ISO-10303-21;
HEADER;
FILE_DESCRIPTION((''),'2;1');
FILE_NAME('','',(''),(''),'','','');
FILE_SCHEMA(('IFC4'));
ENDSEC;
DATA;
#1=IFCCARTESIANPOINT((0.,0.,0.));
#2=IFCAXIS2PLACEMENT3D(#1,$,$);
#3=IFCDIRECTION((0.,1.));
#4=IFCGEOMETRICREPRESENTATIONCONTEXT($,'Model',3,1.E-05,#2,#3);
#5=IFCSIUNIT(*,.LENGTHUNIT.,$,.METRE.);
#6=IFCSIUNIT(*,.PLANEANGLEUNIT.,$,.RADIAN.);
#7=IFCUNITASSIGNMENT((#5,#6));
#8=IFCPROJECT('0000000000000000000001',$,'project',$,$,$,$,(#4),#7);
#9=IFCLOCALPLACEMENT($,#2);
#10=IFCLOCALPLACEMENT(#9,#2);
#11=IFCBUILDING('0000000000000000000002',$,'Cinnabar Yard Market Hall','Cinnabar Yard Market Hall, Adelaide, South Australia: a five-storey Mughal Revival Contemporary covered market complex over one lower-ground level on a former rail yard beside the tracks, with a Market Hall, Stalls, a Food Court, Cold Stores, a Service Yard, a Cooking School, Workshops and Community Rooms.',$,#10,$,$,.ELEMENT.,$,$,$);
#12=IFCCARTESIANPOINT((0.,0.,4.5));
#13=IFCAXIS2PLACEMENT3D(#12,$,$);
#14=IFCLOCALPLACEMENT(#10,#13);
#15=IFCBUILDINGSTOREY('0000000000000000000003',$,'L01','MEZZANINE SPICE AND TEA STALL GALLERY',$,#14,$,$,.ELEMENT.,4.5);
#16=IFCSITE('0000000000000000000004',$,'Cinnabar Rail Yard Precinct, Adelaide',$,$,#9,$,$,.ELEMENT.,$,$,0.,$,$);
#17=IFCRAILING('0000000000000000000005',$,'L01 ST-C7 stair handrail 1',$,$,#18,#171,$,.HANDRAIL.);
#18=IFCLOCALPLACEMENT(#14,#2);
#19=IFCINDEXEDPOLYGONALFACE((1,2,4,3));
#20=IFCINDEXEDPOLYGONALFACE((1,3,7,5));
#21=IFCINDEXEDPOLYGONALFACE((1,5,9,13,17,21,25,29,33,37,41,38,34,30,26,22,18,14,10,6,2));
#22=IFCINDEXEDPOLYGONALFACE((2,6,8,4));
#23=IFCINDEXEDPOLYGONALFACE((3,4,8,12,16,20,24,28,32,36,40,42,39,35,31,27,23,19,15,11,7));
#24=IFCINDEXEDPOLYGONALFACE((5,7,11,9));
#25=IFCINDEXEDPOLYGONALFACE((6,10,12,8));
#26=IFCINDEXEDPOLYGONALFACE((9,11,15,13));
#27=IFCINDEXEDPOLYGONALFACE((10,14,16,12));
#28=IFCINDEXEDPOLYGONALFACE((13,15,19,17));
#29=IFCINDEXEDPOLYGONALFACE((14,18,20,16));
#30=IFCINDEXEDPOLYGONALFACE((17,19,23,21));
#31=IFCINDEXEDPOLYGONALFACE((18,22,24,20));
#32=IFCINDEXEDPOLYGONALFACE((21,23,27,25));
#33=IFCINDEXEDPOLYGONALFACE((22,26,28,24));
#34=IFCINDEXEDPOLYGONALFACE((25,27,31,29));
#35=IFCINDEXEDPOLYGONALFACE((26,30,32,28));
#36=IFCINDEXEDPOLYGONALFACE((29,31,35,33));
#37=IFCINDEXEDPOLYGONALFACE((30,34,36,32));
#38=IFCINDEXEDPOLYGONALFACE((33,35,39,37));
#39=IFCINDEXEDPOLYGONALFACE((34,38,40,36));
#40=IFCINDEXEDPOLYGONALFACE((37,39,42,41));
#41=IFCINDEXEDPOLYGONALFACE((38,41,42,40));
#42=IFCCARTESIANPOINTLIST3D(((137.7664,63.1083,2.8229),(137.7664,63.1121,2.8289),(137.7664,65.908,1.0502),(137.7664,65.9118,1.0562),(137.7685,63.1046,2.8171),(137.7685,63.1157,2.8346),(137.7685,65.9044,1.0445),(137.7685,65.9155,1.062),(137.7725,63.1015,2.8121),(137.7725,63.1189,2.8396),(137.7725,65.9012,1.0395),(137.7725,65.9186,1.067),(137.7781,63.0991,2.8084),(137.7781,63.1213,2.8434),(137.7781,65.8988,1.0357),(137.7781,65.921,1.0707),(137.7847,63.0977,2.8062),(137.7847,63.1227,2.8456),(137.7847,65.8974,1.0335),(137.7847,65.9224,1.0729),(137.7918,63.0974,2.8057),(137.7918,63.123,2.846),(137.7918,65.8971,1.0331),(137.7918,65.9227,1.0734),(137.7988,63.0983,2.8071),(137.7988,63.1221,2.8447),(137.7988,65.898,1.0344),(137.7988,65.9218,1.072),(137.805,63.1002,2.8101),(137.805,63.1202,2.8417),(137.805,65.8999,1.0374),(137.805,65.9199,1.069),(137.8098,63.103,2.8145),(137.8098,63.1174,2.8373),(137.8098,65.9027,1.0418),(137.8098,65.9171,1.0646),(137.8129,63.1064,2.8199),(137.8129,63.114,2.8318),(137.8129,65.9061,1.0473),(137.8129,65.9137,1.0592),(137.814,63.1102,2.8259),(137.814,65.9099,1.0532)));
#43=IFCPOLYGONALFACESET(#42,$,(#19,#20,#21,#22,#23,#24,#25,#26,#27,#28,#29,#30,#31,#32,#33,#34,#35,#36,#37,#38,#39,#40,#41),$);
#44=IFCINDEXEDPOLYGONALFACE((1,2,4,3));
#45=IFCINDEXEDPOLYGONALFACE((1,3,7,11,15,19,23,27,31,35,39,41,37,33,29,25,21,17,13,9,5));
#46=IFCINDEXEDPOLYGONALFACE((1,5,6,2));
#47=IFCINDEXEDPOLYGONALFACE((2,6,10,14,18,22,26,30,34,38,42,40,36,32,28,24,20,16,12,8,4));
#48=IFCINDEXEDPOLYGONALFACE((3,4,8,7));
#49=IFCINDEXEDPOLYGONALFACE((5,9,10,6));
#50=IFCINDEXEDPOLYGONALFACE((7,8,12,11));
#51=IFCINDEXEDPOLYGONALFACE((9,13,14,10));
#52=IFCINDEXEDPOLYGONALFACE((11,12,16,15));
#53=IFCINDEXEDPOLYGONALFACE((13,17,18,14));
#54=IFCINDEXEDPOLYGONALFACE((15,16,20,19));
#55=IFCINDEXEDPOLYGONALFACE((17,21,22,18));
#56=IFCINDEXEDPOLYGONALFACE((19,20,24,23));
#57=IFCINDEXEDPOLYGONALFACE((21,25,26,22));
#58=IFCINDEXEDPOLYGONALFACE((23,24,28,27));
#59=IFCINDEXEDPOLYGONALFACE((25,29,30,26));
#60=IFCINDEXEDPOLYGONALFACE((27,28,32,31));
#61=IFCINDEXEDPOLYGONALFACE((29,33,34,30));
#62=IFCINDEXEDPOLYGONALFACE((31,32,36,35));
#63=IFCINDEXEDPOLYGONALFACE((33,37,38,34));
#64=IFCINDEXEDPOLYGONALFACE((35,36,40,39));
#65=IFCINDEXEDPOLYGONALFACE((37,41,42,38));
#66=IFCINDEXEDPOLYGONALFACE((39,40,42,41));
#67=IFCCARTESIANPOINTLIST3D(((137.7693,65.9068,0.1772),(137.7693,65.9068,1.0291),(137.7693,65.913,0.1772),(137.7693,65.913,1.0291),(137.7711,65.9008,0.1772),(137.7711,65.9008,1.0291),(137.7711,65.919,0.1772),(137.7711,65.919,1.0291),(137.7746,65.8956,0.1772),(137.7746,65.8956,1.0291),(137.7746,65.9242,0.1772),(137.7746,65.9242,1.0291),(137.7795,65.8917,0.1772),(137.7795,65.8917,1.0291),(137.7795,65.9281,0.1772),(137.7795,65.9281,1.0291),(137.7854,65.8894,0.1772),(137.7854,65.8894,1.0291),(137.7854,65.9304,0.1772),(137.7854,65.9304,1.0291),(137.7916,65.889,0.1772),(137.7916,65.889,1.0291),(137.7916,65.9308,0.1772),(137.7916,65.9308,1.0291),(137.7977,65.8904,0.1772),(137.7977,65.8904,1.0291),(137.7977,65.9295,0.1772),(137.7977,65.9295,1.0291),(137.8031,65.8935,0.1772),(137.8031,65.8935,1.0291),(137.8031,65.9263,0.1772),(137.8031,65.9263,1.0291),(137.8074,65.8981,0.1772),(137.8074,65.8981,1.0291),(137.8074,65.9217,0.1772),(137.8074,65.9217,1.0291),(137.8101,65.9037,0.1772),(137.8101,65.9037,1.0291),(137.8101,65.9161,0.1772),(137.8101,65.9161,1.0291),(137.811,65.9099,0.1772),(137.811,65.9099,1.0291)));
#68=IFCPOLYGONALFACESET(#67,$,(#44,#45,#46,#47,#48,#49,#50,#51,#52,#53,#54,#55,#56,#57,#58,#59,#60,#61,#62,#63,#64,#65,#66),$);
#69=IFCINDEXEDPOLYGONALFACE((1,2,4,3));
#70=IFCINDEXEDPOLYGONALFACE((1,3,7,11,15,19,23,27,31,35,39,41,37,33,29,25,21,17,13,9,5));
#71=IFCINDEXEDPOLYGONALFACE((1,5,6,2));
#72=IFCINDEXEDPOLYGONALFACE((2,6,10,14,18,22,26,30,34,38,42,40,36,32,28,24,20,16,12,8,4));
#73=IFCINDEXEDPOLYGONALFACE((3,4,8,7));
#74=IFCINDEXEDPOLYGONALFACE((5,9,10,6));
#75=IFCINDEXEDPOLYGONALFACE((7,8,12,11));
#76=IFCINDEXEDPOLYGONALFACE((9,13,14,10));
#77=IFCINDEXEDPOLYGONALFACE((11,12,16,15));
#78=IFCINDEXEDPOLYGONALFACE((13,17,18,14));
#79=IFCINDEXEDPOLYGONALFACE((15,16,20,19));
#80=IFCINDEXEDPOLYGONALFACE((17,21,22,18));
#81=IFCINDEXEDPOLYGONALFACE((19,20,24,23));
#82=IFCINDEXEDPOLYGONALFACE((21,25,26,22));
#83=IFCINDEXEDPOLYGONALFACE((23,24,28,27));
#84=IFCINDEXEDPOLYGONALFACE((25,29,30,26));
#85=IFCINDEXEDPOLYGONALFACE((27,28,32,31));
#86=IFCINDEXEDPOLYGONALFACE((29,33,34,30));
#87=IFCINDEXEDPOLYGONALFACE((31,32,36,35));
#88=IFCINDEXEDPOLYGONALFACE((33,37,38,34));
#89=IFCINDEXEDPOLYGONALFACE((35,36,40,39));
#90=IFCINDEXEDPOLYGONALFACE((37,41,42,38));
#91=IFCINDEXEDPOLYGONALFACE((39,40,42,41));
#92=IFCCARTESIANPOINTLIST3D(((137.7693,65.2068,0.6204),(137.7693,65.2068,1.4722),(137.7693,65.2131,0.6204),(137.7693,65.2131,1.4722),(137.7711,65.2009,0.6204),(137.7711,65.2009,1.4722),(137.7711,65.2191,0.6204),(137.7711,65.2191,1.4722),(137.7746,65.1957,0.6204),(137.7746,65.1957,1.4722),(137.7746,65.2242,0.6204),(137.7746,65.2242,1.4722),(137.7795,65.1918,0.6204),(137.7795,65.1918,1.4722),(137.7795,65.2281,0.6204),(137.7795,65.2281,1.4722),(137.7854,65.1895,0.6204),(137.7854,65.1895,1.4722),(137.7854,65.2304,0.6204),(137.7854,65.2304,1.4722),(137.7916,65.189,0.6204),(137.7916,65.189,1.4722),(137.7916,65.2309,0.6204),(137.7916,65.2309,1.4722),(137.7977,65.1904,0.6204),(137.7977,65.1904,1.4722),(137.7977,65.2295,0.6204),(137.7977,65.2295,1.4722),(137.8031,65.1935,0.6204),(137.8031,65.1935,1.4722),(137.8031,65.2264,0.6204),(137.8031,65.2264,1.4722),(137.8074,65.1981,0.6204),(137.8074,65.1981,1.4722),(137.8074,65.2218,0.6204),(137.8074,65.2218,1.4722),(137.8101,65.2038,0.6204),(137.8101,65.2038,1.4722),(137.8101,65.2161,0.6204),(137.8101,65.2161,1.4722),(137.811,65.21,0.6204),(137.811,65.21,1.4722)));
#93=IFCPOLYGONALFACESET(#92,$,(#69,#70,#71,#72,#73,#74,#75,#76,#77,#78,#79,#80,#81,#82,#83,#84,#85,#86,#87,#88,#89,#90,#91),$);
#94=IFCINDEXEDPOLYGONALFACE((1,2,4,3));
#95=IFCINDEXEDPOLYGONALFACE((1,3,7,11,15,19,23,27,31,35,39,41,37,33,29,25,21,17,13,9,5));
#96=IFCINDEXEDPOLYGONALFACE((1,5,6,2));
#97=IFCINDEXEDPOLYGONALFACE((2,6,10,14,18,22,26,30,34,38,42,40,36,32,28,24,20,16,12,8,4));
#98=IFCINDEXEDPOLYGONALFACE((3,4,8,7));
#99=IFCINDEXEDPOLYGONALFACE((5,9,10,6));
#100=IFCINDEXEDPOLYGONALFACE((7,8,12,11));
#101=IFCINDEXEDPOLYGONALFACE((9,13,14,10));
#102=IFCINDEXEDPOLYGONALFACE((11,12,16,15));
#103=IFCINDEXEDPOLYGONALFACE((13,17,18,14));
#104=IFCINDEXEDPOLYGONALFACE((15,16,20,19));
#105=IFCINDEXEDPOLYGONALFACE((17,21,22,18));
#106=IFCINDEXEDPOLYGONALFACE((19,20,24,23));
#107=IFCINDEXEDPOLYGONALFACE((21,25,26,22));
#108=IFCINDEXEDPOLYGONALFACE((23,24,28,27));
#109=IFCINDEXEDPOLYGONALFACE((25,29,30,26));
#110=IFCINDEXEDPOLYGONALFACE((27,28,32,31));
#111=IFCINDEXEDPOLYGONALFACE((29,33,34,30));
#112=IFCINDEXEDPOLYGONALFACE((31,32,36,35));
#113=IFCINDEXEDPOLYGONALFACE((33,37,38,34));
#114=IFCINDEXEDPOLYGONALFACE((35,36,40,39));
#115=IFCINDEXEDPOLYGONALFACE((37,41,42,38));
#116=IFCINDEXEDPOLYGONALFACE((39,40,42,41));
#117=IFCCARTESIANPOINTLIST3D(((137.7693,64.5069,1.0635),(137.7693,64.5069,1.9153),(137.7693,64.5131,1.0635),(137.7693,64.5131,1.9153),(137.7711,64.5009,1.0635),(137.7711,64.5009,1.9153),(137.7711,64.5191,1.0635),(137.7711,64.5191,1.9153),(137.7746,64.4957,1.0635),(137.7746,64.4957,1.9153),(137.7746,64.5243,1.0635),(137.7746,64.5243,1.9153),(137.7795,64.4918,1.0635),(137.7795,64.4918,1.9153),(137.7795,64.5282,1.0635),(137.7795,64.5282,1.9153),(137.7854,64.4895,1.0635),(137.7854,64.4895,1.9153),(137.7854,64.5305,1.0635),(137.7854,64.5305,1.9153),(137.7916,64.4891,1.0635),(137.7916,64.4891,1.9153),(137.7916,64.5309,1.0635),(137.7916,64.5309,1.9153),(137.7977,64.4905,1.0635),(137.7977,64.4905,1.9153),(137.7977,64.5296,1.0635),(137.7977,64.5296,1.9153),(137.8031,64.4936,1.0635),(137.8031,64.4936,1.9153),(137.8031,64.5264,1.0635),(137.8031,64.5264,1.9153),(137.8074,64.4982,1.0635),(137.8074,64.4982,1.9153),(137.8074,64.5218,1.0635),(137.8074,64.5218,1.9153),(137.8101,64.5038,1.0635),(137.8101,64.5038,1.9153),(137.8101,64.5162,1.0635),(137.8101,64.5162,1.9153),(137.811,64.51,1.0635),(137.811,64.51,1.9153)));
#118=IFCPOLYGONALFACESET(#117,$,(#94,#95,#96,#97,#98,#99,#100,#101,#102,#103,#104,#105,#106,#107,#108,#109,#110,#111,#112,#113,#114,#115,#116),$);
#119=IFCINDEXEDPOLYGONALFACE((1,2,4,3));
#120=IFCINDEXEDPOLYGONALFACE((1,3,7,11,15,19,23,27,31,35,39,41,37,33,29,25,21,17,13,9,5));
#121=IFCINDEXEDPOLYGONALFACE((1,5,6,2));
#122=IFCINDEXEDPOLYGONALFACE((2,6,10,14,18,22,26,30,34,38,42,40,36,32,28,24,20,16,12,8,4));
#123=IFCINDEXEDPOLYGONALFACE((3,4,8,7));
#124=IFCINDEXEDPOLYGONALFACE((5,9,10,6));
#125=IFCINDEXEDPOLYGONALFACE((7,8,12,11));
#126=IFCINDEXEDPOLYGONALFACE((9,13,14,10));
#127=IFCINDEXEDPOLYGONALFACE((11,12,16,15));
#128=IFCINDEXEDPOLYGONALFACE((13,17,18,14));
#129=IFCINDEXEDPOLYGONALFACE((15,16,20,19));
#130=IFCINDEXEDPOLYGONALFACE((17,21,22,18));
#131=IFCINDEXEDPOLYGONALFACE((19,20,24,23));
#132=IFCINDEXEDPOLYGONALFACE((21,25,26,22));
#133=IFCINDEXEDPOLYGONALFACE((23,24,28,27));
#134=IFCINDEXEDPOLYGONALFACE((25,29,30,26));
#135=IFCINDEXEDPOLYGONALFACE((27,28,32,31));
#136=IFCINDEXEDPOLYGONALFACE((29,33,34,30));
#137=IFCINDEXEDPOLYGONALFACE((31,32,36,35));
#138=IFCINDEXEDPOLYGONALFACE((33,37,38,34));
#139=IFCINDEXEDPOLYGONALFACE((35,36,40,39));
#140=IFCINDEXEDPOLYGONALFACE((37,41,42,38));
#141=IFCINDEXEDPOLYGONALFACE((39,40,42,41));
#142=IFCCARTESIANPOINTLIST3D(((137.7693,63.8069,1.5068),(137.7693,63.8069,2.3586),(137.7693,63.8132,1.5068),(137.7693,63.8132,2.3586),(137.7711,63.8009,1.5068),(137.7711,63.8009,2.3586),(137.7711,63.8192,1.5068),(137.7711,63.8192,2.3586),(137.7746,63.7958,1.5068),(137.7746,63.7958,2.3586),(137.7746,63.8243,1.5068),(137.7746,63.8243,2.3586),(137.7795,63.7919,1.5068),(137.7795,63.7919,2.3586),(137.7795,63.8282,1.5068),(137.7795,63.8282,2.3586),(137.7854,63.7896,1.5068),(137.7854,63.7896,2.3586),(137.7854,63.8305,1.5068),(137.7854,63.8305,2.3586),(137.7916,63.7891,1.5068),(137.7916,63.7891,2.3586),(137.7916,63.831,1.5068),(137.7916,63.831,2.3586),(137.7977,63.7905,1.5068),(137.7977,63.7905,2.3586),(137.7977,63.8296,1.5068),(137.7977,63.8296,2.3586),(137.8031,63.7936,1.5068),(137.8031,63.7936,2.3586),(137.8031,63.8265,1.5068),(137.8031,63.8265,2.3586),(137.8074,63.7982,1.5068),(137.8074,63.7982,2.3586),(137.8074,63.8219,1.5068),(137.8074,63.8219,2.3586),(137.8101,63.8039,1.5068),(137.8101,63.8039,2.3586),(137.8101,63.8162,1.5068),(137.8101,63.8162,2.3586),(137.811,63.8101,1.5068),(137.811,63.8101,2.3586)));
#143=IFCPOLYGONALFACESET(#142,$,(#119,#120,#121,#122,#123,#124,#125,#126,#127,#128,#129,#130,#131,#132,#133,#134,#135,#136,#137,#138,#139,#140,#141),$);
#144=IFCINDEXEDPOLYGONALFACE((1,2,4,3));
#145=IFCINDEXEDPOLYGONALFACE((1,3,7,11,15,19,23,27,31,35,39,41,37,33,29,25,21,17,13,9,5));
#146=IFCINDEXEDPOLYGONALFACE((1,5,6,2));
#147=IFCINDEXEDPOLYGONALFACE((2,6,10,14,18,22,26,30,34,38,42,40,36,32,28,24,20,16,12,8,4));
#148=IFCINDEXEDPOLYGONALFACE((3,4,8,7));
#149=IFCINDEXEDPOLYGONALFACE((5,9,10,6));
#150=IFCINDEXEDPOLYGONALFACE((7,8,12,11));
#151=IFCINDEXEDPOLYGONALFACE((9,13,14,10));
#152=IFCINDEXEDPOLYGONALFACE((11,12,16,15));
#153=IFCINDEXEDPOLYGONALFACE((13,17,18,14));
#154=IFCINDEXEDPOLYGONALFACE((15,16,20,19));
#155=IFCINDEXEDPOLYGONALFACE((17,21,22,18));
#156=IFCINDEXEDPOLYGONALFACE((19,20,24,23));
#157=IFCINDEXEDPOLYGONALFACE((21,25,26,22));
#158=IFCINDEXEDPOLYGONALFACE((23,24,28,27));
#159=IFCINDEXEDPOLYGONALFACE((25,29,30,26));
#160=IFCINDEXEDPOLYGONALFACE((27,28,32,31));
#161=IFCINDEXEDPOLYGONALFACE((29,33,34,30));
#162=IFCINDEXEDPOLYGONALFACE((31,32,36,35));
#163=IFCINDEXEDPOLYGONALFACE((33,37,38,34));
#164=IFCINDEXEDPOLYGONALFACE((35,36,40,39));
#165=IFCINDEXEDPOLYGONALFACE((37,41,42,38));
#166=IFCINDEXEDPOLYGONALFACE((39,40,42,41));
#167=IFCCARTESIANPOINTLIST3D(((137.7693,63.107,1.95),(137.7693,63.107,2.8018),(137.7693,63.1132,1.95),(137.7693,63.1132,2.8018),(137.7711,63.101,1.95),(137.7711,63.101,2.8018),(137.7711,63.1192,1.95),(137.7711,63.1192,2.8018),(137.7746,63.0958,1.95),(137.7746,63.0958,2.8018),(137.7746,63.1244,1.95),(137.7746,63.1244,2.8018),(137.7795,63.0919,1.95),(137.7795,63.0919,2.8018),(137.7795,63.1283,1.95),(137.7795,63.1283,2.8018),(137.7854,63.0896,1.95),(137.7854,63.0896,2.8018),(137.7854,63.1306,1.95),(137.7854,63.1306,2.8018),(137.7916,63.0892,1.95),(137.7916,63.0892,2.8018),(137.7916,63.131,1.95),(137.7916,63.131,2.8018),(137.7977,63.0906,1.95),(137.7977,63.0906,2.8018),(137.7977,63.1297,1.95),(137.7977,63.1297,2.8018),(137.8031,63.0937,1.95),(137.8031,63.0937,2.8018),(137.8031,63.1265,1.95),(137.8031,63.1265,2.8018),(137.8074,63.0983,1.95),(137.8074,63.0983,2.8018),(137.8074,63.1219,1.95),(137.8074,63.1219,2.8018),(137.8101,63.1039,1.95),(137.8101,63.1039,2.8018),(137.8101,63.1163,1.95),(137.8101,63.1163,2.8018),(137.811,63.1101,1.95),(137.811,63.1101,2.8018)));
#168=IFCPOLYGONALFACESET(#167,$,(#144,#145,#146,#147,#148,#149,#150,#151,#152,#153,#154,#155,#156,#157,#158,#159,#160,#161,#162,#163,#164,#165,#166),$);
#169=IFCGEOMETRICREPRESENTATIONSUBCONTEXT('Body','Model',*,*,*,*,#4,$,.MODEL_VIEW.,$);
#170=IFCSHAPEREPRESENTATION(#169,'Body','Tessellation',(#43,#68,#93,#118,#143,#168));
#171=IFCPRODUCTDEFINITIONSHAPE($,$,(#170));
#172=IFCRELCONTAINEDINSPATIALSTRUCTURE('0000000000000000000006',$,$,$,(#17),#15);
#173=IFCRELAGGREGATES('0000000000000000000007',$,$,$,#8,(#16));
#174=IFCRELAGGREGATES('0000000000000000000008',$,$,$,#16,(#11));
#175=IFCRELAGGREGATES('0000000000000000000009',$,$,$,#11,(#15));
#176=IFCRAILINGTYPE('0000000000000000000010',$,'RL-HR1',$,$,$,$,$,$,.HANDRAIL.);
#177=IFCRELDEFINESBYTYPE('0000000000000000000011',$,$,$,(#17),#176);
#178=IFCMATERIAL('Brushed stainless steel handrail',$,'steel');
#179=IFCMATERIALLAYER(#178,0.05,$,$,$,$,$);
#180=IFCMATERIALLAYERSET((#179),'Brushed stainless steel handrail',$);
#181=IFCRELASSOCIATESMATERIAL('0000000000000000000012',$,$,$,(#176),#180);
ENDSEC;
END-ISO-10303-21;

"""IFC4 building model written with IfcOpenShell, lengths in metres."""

from ifc_helpers import new_model, si_unit, direction, frame, origin, origin_2d_with_axis, place, context, subcontext, project, spatial, circle, extrude, material, layer, layer_set, type_object, element, save


model = new_model("IFC4")

# Units and contexts
model_context = context("Model", 3, precision=1e-05, world=origin(), true_north=direction((0.0, 1.0)))
body_context = subcontext(model_context, "Body", "Model", "MODEL_VIEW")
ifc_project = project(units=[si_unit("LENGTHUNIT", "METRE"), si_unit("PLANEANGLEUNIT", "RADIAN")], contexts=[model_context])

# Site, building, storey
site_placement = place(None, origin())
site = spatial("IfcSite", under=ifc_project, at=site_placement, Name="Cinnabar Rail Yard Precinct, Adelaide", CompositionType="ELEMENT", RefElevation=0.0)
building_placement = place(site_placement, origin())
building = spatial("IfcBuilding", under=site, at=building_placement, Name="Cinnabar Yard Market Hall", Description="Cinnabar Yard Market Hall, Adelaide, South Australia: a five-storey Mughal Revival Contemporary covered market complex over one lower-ground level on a former rail yard beside the tracks, with a Market Hall, Stalls, a Food Court, Cold Stores, a Service Yard, a Cooking School, Workshops and Community Rooms.", CompositionType="ELEMENT")
storey_placement = place(building_placement, frame((0.0, 0.0, 4.5)))
storey = spatial("IfcBuildingStorey", under=building, at=storey_placement, Name="L01", Description="MEZZANINE SPICE AND TEA STALL GALLERY", CompositionType="ELEMENT", Elevation=4.5)

# Railing
ifc_material_1 = material(Name="Brushed stainless steel handrail", Category="steel")
ifc_layer_1 = layer(ifc_material_1, 0.05)
ifc_layer_set_1 = layer_set([ifc_layer_1], Name="Brushed stainless steel handrail")
railing_type_1 = type_object("IfcRailingType", Name="RL-HR1", PredefinedType="HANDRAIL", material=ifc_layer_set_1)
railing_1_placement = place(storey_placement, frame((137.79, 65.9099, 0.1772)))
element("IfcRailing", 1, at=railing_1_placement, inside=storey, type_object=railing_type_1, Name="L01 ST-C7 stair handrail 1", PredefinedType="HANDRAIL", context=body_context, shape_type="SweptSolid", body=[
    extrude(circle(Radius=0.0239, at=origin_2d_with_axis()), frame((0.0, 0.0, 0.876), z_axis=(0.0, -0.844888, 0.534943), x_axis=(1.0, 0.0, 0.0)), (0.0, 0.0, 1.0), 3.3137),
    extrude(circle(Radius=0.021, at=origin_2d_with_axis()), origin(), (0.0, 0.0, 1.0), 0.8518),
    extrude(circle(Radius=0.021, at=origin_2d_with_axis()), frame((0.0, -0.7, 0.4431)), (0.0, 0.0, 1.0), 0.8518),
    extrude(circle(Radius=0.021, at=origin_2d_with_axis()), frame((0.0, -1.3999, 0.8862)), (0.0, 0.0, 1.0), 0.8518),
    extrude(circle(Radius=0.021, at=origin_2d_with_axis()), frame((0.0, -2.0999, 1.3296)), (0.0, 0.0, 1.0), 0.8518),
    extrude(circle(Radius=0.021, at=origin_2d_with_axis()), frame((0.0, -2.7998, 1.7727)), (0.0, 0.0, 1.0), 0.8518),
])

save(model, "model.ifc")
